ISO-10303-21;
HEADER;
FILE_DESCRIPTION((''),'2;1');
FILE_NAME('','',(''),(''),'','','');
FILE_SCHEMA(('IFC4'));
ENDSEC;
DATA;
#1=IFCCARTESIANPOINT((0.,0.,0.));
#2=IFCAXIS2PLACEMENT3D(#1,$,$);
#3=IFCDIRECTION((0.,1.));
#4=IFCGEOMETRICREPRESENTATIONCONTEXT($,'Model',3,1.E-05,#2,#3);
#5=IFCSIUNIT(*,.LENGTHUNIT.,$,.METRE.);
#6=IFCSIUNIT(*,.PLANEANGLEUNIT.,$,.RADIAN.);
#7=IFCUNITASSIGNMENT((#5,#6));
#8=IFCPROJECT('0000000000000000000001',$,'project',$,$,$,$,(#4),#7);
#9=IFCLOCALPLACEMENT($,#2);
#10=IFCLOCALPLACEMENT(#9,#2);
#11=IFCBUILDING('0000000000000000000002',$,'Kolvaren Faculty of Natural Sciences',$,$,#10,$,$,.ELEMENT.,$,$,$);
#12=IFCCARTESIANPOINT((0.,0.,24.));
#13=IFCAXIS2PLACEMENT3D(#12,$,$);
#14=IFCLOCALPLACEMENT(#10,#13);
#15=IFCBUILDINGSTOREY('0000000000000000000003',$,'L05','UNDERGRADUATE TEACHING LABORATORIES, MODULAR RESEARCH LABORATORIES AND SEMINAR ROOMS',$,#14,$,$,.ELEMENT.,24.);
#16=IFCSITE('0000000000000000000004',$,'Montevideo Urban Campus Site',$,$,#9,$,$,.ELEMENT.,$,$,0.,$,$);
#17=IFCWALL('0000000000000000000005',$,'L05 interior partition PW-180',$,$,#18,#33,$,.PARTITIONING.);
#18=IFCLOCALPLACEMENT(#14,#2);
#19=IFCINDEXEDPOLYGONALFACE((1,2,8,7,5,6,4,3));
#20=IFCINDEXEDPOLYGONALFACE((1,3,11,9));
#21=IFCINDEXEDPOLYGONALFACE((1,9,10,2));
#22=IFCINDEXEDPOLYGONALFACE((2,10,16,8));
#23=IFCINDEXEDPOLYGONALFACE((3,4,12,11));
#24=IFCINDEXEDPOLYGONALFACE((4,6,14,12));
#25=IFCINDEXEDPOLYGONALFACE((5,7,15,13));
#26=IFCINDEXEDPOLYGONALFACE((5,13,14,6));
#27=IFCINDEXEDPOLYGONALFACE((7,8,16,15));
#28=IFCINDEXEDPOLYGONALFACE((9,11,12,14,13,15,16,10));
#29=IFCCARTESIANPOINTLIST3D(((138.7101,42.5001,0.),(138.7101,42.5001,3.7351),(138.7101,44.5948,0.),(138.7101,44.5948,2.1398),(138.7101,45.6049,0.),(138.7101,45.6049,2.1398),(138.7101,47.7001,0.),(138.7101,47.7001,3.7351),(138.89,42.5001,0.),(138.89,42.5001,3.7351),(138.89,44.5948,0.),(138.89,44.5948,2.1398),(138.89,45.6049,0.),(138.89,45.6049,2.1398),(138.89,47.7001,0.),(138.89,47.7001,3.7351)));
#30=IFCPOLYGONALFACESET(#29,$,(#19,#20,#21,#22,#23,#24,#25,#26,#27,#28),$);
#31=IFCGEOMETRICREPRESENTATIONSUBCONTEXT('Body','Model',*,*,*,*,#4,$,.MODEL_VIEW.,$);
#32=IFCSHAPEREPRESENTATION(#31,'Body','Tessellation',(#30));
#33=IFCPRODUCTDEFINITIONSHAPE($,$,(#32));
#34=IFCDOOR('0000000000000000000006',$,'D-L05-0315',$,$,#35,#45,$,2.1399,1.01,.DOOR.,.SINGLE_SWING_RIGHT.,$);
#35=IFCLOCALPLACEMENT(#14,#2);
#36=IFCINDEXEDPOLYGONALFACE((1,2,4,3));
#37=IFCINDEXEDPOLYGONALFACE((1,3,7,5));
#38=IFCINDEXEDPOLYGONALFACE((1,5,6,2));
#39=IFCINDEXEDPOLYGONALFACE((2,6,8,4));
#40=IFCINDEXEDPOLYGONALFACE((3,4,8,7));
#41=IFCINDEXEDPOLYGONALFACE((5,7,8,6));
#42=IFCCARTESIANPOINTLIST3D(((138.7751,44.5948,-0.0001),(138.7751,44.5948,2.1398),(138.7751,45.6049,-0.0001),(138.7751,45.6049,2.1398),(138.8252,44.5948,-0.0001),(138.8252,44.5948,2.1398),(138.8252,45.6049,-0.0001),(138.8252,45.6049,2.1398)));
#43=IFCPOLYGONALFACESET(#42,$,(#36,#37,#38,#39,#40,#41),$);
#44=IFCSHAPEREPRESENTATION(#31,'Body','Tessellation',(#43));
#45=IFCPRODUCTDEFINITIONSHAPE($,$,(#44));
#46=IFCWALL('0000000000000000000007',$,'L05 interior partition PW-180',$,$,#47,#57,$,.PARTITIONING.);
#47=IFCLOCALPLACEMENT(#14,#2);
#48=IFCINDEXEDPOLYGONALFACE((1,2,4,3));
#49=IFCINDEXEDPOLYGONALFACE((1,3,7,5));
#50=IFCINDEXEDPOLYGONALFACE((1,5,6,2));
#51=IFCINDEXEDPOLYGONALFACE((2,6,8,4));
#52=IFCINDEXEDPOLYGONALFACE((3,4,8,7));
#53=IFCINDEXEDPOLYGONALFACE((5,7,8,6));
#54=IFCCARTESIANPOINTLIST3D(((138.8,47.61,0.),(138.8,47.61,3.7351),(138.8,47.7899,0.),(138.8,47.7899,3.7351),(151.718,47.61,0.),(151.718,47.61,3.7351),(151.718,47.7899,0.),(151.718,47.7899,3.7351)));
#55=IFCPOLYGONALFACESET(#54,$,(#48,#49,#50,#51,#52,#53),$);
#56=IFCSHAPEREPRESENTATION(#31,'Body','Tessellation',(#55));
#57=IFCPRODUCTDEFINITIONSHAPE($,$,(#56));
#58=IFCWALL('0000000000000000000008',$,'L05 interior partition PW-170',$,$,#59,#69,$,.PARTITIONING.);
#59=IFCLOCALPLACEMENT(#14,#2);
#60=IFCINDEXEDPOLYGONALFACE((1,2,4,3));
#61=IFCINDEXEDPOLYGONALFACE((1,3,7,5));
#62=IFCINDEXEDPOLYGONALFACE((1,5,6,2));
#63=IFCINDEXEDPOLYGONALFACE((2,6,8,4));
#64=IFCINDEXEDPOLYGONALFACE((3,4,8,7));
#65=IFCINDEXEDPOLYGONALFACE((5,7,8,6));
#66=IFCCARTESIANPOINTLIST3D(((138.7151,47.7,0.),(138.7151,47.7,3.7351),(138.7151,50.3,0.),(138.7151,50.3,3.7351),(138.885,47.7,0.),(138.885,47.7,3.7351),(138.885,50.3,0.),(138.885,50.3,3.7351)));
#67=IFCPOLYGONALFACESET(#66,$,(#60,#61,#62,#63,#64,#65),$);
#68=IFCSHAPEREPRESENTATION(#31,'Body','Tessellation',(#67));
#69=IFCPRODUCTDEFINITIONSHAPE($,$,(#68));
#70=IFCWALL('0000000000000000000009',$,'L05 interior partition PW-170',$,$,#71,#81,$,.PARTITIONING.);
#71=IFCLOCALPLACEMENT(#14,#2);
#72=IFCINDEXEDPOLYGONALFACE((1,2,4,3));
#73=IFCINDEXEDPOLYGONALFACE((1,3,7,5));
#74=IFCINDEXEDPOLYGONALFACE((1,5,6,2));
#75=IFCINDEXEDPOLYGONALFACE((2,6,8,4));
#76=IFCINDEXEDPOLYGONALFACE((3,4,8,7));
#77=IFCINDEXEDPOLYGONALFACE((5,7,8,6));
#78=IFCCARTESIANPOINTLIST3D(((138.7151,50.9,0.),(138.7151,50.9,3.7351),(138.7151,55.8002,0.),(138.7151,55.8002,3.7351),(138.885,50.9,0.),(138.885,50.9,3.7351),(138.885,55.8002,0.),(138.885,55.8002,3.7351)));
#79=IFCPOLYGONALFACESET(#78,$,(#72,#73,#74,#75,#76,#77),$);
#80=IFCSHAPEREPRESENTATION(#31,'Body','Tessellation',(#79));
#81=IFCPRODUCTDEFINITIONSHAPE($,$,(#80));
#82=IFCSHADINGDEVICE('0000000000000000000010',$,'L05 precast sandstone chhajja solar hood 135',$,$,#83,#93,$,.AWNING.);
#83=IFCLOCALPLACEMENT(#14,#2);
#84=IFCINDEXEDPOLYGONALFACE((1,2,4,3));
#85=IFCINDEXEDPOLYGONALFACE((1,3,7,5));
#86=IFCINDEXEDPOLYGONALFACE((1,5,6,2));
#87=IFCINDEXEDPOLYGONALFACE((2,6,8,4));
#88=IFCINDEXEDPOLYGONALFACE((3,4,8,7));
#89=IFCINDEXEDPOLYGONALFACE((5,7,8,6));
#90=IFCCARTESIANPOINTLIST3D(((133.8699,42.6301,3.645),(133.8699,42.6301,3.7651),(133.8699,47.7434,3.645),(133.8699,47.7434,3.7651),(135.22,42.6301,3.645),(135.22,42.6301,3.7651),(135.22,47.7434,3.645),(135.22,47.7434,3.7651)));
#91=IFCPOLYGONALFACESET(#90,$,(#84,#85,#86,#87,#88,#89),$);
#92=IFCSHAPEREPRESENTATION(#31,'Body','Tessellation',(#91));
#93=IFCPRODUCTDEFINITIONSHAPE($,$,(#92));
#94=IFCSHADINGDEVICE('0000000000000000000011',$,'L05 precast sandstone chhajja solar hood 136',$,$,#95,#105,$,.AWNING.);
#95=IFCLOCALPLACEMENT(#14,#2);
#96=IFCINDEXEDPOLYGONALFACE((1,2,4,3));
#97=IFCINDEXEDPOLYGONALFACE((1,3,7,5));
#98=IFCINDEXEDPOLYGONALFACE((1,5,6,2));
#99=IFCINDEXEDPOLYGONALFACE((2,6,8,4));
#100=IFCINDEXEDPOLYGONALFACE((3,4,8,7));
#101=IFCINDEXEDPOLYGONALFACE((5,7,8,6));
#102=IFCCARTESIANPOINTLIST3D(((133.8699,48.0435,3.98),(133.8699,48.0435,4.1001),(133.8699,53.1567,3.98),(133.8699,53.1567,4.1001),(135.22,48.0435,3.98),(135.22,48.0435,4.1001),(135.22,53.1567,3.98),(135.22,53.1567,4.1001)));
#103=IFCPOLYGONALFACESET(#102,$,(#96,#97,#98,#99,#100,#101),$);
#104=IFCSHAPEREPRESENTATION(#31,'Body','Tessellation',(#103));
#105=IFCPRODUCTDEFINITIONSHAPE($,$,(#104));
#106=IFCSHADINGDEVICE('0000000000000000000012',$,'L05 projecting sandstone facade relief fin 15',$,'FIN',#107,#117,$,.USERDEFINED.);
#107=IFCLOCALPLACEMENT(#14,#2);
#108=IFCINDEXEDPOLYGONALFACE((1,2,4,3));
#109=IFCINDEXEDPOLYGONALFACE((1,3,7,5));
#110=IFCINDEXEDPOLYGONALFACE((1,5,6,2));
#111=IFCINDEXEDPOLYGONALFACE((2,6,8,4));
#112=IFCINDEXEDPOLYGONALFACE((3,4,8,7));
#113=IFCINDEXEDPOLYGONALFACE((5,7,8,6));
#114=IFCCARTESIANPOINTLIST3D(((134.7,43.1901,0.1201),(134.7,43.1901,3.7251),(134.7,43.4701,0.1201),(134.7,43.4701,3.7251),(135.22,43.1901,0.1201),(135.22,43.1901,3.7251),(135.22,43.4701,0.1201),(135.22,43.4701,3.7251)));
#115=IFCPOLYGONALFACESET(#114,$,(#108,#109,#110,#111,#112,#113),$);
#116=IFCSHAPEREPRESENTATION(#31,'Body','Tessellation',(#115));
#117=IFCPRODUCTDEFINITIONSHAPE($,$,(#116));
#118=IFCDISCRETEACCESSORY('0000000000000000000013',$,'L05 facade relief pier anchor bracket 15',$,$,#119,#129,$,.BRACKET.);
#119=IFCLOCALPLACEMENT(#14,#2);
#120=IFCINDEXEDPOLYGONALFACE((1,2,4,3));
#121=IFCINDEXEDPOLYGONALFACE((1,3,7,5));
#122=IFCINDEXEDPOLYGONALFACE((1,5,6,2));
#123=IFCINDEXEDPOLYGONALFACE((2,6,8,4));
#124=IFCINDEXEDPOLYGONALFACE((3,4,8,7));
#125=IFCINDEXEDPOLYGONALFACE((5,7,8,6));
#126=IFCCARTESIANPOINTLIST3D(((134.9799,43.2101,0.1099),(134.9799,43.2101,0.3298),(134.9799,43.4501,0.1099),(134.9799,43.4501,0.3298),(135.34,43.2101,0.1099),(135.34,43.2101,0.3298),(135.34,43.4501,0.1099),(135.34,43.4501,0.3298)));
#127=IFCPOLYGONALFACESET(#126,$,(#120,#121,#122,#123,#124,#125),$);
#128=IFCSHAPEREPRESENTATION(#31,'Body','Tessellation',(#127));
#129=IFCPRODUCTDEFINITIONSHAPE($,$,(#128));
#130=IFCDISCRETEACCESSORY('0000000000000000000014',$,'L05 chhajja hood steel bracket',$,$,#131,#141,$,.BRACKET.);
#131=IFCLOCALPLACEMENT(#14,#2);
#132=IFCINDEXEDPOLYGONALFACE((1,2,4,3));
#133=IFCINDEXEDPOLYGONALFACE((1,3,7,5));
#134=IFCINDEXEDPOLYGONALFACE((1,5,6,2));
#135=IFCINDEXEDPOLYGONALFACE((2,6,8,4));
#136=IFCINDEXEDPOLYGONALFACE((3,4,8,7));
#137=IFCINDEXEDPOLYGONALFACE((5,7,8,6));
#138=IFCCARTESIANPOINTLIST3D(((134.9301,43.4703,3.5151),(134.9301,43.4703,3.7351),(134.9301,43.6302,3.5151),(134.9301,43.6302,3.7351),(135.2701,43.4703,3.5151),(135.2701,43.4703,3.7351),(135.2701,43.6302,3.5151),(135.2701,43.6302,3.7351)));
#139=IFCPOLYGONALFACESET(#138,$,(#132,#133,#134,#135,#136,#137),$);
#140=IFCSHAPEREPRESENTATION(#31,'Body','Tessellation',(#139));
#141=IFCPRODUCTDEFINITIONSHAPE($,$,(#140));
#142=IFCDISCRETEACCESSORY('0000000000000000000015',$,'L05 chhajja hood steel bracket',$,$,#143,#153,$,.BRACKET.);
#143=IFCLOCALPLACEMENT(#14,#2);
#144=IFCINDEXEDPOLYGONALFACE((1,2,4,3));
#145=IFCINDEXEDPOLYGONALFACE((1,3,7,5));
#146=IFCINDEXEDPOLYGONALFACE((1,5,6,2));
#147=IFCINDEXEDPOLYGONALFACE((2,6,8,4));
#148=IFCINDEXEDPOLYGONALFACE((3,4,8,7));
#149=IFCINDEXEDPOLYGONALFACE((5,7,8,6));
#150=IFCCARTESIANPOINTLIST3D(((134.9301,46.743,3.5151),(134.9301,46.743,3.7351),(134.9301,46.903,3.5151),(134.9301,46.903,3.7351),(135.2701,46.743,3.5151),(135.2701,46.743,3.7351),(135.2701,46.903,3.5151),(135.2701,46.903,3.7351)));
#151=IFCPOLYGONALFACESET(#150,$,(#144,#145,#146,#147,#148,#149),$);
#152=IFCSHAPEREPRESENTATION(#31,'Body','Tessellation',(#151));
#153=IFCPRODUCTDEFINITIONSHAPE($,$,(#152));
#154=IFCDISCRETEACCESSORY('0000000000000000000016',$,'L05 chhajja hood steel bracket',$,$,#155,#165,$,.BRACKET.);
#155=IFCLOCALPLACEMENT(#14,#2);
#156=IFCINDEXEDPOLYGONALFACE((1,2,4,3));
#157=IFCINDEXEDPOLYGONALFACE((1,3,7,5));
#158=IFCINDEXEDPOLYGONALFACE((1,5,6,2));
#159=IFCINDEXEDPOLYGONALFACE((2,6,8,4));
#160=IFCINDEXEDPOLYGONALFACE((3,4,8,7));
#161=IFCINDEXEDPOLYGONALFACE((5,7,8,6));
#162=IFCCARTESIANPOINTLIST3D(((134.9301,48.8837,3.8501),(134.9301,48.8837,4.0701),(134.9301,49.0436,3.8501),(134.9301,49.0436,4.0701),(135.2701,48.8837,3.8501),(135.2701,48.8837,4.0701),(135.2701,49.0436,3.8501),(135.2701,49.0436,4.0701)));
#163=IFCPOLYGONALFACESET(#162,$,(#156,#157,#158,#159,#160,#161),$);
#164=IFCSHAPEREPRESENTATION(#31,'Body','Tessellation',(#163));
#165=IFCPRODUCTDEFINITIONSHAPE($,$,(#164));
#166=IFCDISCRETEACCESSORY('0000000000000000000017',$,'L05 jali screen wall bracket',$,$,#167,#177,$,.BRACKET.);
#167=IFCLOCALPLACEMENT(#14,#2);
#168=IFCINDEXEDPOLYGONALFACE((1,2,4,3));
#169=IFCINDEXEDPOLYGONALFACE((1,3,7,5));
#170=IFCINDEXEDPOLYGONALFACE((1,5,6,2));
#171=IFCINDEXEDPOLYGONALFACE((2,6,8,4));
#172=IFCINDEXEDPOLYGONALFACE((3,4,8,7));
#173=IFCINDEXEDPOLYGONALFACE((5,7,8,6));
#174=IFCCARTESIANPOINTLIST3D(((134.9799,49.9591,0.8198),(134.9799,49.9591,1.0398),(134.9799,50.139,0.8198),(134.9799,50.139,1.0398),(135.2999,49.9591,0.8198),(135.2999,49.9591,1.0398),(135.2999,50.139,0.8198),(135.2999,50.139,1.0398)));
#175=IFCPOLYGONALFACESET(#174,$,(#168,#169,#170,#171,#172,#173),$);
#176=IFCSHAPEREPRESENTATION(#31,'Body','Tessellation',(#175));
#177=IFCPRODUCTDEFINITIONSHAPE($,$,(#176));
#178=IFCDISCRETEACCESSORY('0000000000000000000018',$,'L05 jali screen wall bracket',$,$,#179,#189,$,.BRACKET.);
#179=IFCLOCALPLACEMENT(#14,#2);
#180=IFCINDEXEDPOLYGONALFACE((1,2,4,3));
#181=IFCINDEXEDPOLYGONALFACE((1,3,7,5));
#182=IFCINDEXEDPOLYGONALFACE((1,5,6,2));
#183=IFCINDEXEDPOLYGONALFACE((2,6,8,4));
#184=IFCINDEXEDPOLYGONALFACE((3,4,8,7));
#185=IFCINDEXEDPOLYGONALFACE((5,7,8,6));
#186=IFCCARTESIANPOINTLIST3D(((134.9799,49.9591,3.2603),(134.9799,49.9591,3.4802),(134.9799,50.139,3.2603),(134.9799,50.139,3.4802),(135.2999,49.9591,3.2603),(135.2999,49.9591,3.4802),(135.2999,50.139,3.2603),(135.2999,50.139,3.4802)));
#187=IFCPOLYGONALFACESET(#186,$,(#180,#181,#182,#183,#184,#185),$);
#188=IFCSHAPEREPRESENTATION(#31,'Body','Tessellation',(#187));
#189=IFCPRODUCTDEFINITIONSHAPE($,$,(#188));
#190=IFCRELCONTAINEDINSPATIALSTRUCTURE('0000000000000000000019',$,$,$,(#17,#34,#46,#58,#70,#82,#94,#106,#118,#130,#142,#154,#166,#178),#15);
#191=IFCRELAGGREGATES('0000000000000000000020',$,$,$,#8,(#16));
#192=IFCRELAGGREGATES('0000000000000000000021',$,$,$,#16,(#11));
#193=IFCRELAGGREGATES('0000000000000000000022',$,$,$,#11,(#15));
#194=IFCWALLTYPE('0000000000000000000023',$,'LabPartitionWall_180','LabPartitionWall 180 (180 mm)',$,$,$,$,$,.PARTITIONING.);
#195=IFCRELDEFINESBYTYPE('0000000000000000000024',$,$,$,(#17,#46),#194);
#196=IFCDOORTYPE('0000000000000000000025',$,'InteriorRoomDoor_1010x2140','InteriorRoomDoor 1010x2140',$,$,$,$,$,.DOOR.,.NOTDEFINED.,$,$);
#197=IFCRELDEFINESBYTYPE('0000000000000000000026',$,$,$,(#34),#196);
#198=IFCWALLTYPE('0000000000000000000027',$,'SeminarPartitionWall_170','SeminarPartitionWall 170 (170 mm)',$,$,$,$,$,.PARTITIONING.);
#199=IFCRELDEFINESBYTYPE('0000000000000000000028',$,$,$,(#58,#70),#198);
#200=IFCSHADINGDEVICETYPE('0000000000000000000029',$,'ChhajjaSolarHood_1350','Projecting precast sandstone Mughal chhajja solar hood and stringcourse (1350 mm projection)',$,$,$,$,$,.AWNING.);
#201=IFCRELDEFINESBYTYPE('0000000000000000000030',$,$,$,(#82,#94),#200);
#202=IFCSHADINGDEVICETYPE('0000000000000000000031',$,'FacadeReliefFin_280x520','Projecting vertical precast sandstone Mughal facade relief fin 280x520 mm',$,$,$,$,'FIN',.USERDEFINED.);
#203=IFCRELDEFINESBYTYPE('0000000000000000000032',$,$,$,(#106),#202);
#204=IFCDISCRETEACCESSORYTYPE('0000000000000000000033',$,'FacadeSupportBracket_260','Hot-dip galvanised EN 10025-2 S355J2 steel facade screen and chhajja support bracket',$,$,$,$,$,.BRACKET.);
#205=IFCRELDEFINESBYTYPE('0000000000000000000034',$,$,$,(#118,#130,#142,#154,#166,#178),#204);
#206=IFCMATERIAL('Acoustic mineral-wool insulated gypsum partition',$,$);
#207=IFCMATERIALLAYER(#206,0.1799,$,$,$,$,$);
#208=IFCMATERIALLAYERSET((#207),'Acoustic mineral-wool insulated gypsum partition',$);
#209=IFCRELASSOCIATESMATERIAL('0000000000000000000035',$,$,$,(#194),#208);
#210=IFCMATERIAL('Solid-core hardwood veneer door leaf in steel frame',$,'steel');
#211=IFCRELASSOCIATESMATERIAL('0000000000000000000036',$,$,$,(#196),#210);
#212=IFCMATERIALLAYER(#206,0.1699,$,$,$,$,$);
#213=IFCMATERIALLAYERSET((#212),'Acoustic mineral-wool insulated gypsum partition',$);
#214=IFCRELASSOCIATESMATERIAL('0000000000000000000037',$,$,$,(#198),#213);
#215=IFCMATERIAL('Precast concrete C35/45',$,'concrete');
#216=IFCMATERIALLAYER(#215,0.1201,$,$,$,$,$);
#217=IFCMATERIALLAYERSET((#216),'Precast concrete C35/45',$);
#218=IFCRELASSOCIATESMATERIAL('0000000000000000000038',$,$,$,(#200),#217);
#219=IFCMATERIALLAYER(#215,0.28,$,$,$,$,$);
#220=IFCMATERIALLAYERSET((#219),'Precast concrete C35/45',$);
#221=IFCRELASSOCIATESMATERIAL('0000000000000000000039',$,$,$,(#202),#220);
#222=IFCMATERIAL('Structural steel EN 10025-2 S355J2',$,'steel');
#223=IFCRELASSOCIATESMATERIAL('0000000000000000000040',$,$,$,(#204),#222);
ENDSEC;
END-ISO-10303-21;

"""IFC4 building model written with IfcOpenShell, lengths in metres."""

from ifc_helpers import new_model, si_unit, direction, frame, frame_2d, origin, origin_2d, place, context, subcontext, project, spatial, rectangle, extrude, material, layer, layer_set, type_object, element, fill, save


model = new_model("IFC4")

# Units and contexts
model_context = context("Model", 3, precision=1e-05, world=origin(), true_north=direction((0.0, 1.0)))
body_context = subcontext(model_context, "Body", "Model", "MODEL_VIEW")
ifc_project = project(units=[si_unit("LENGTHUNIT", "METRE"), si_unit("PLANEANGLEUNIT", "RADIAN")], contexts=[model_context])

# Site, building, storey
site_placement = place(None, origin())
site = spatial("IfcSite", under=ifc_project, at=site_placement, Name="Montevideo Urban Campus Site", CompositionType="ELEMENT", RefElevation=0.0)
building_placement = place(site_placement, origin())
building = spatial("IfcBuilding", under=site, at=building_placement, Name="Kolvaren Faculty of Natural Sciences", CompositionType="ELEMENT")
storey_placement = place(building_placement, frame((0.0, 0.0, 24.0)))
storey = spatial("IfcBuildingStorey", under=building, at=storey_placement, Name="L05", Description="UNDERGRADUATE TEACHING LABORATORIES, MODULAR RESEARCH LABORATORIES AND SEMINAR ROOMS", CompositionType="ELEMENT", Elevation=24.0)

# Shared definitions
ifc_material_1 = material(Name="Precast concrete C35/45", Category="concrete")

# Wall, opening, door
ifc_material_2 = material(Name="Acoustic mineral-wool insulated gypsum partition")
ifc_layer_1 = layer(ifc_material_2, 0.1799)
ifc_layer_set_1 = layer_set([ifc_layer_1], Name="Acoustic mineral-wool insulated gypsum partition")
wall_type_1 = type_object("IfcWallType", Name="LabPartitionWall_180", Description="LabPartitionWall 180 (180 mm)", PredefinedType="PARTITIONING", material=ifc_layer_set_1)
wall_1_placement = place(storey_placement, frame((138.8, 42.5, 0.0), z_axis=(0.0, 0.0, 1.0), x_axis=(0.0, 1.0, 0.0)))
wall_1 = element("IfcWall", 1, at=wall_1_placement, inside=storey, type_object=wall_type_1, Name="L05 interior partition PW-180", PredefinedType="PARTITIONING", context=body_context, shape_type="SweptSolid", body=[
    extrude(rectangle(XDim=5.2, YDim=0.1799, at=frame_2d((2.6001, 0.0))), origin(), (0.0, 0.0, 1.0), 3.7351),
])
opening_1_placement = place(wall_1_placement, frame((2.095, 0.0, 0.0)))
opening_1 = element("IfcOpeningElement", 2, at=opening_1_placement, cuts=wall_1, PredefinedType="OPENING", context=body_context, shape_type="SweptSolid", body=[
    extrude(rectangle(XDim=1.01, YDim=2.1399, at=frame_2d((0.5049, 1.0698))), frame((0.0, 0.0999, 0.0), z_axis=(0.0, -1.0, 0.0), x_axis=(1.0, 0.0, 0.0)), (0.0, 0.0, 1.0), 0.2),
])
ifc_material_3 = material(Name="Solid-core hardwood veneer door leaf in steel frame", Category="steel")
door_type = type_object("IfcDoorType", Name="InteriorRoomDoor_1010x2140", Description="InteriorRoomDoor 1010x2140", OperationType="NOTDEFINED", PredefinedType="DOOR", material=ifc_material_3)
door_placement = place(opening_1_placement, origin())
door = element("IfcDoor", 3, at=door_placement, inside=storey, type_object=door_type, Name="D-L05-0315", OperationType="SINGLE_SWING_RIGHT", OverallHeight=2.1399, OverallWidth=1.01, PredefinedType="DOOR", context=body_context, shape_type="SweptSolid", body=[
    extrude(rectangle(XDim=1.01, YDim=2.1399, at=frame_2d((0.5049, 1.0698))), frame((0.0, 0.0249, 0.0), z_axis=(0.0, -1.0, 0.0), x_axis=(1.0, 0.0, 0.0)), (0.0, 0.0, 1.0), 0.05),
])
fill(opening_1, door)

# Walls
wall_2_placement = place(storey_placement, frame((138.8, 47.7, 0.0), z_axis=(0.0, 0.0, 1.0), x_axis=(1.0, 0.0, 0.0)))
element("IfcWall", 4, at=wall_2_placement, inside=storey, type_object=wall_type_1, Name="L05 interior partition PW-180", PredefinedType="PARTITIONING", context=body_context, shape_type="SweptSolid", body=[
    extrude(rectangle(XDim=12.918, YDim=0.1799, at=frame_2d((6.459, 0.0))), origin(), (0.0, 0.0, 1.0), 3.7351),
])
ifc_layer_2 = layer(ifc_material_2, 0.1699)
ifc_layer_set_2 = layer_set([ifc_layer_2], Name="Acoustic mineral-wool insulated gypsum partition")
wall_type_2 = type_object("IfcWallType", Name="SeminarPartitionWall_170", Description="SeminarPartitionWall 170 (170 mm)", PredefinedType="PARTITIONING", material=ifc_layer_set_2)
wall_3_placement = place(storey_placement, frame((138.8, 47.7, 0.0), z_axis=(0.0, 0.0, 1.0), x_axis=(0.0, 1.0, 0.0)))
element("IfcWall", 5, at=wall_3_placement, inside=storey, type_object=wall_type_2, Name="L05 interior partition PW-170", PredefinedType="PARTITIONING", context=body_context, shape_type="SweptSolid", body=[
    extrude(rectangle(XDim=2.6001, YDim=0.1699, at=frame_2d((1.3, 0.0))), origin(), (0.0, 0.0, 1.0), 3.7351),
])
wall_4_placement = place(storey_placement, frame((138.8, 50.8999, 0.0), z_axis=(0.0, 0.0, 1.0), x_axis=(0.0, 1.0, 0.0)))
element("IfcWall", 6, at=wall_4_placement, inside=storey, type_object=wall_type_2, Name="L05 interior partition PW-170", PredefinedType="PARTITIONING", context=body_context, shape_type="SweptSolid", body=[
    extrude(rectangle(XDim=4.9001, YDim=0.1699, at=frame_2d((2.4502, 0.0))), origin(), (0.0, 0.0, 1.0), 3.7351),
])

# Shading devices
ifc_layer_3 = layer(ifc_material_1, 0.1201)
ifc_layer_set_3 = layer_set([ifc_layer_3], Name="Precast concrete C35/45")
shading_device_type_1 = type_object("IfcShadingDeviceType", Name="ChhajjaSolarHood_1350", Description="Projecting precast sandstone Mughal chhajja solar hood and stringcourse (1350 mm projection)", PredefinedType="AWNING", material=ifc_layer_set_3)
for number, where, z_axis, x_axis, name in (
    (7, (134.5449, 45.1868, 3.645), (0.0, 0.0, 1.0), (0.0, 1.0, 0.0), "L05 precast sandstone chhajja solar hood 135"),
    (8, (134.5449, 50.6001, 3.98), (0.0, 0.0, 1.0), (0.0, 1.0, 0.0), "L05 precast sandstone chhajja solar hood 136"),
):
    element("IfcShadingDevice", number, at=place(storey_placement, frame(where, z_axis=z_axis, x_axis=x_axis)), inside=storey, type_object=shading_device_type_1, Name=name, PredefinedType="AWNING", context=body_context, shape_type="SweptSolid", body=[
        extrude(rectangle(XDim=5.1133, YDim=1.3501, at=origin_2d()), origin(), (0.0, 0.0, 1.0), 0.1201),
    ])
ifc_layer_4 = layer(ifc_material_1, 0.28)
ifc_layer_set_4 = layer_set([ifc_layer_4], Name="Precast concrete C35/45")
shading_device_type_2 = type_object("IfcShadingDeviceType", Name="FacadeReliefFin_280x520", Description="Projecting vertical precast sandstone Mughal facade relief fin 280x520 mm", ElementType="FIN", PredefinedType="USERDEFINED", material=ifc_layer_set_4)
shading_device_placement = place(storey_placement, frame((134.96, 43.3301, 0.1201), z_axis=(0.0, 0.0, 1.0), x_axis=(0.0, 1.0, 0.0)))
element("IfcShadingDevice", 9, at=shading_device_placement, inside=storey, type_object=shading_device_type_2, Name="L05 projecting sandstone facade relief fin 15", ObjectType="FIN", PredefinedType="USERDEFINED", context=body_context, shape_type="SweptSolid", body=[
    extrude(rectangle(XDim=0.28, YDim=0.52, at=origin_2d()), origin(), (0.0, 0.0, 1.0), 3.605),
])

# Discrete accessories
ifc_material_4 = material(Name="Structural steel EN 10025-2 S355J2", Category="steel")
discrete_accessory_type = type_object("IfcDiscreteAccessoryType", Name="FacadeSupportBracket_260", Description="Hot-dip galvanised EN 10025-2 S355J2 steel facade screen and chhajja support bracket", PredefinedType="BRACKET", material=ifc_material_4)
discrete_accessory_placement = place(storey_placement, frame((135.1599, 43.3301, 0.1099), z_axis=(0.0, 0.0, 1.0), x_axis=(0.0, 1.0, 0.0)))
element("IfcDiscreteAccessory", 10, at=discrete_accessory_placement, inside=storey, type_object=discrete_accessory_type, Name="L05 facade relief pier anchor bracket 15", PredefinedType="BRACKET", context=body_context, shape_type="SweptSolid", body=[
    extrude(rectangle(XDim=0.24, YDim=0.3601, at=origin_2d()), origin(), (0.0, 0.0, 1.0), 0.22),
])
for number, where, z_axis, x_axis, name in (
    (11, (135.1001, 43.5503, 3.5151), (0.0, 0.0, 1.0), (0.0, 1.0, 0.0), "L05 chhajja hood steel bracket"),
    (12, (135.1001, 46.823, 3.5151), (0.0, 0.0, 1.0), (0.0, 1.0, 0.0), "L05 chhajja hood steel bracket"),
    (13, (135.1001, 48.9636, 3.8501), (0.0, 0.0, 1.0), (0.0, 1.0, 0.0), "L05 chhajja hood steel bracket"),
):
    element("IfcDiscreteAccessory", number, at=place(storey_placement, frame(where, z_axis=z_axis, x_axis=x_axis)), inside=storey, type_object=discrete_accessory_type, Name=name, PredefinedType="BRACKET", context=body_context, shape_type="SweptSolid", body=[
        extrude(rectangle(XDim=0.1599, YDim=0.3401, at=origin_2d()), origin(), (0.0, 0.0, 1.0), 0.22),
    ])
for number, where, z_axis, x_axis, name in (
    (14, (135.1399, 50.0491, 0.8198), (0.0, 0.0, 1.0), (0.0, 1.0, 0.0), "L05 jali screen wall bracket"),
    (15, (135.1399, 50.0491, 3.2603), (0.0, 0.0, 1.0), (0.0, 1.0, 0.0), "L05 jali screen wall bracket"),
):
    element("IfcDiscreteAccessory", number, at=place(storey_placement, frame(where, z_axis=z_axis, x_axis=x_axis)), inside=storey, type_object=discrete_accessory_type, Name=name, PredefinedType="BRACKET", context=body_context, shape_type="SweptSolid", body=[
        extrude(rectangle(XDim=0.1799, YDim=0.3201, at=origin_2d()), origin(), (0.0, 0.0, 1.0), 0.22),
    ])

save(model, "model.ifc")
